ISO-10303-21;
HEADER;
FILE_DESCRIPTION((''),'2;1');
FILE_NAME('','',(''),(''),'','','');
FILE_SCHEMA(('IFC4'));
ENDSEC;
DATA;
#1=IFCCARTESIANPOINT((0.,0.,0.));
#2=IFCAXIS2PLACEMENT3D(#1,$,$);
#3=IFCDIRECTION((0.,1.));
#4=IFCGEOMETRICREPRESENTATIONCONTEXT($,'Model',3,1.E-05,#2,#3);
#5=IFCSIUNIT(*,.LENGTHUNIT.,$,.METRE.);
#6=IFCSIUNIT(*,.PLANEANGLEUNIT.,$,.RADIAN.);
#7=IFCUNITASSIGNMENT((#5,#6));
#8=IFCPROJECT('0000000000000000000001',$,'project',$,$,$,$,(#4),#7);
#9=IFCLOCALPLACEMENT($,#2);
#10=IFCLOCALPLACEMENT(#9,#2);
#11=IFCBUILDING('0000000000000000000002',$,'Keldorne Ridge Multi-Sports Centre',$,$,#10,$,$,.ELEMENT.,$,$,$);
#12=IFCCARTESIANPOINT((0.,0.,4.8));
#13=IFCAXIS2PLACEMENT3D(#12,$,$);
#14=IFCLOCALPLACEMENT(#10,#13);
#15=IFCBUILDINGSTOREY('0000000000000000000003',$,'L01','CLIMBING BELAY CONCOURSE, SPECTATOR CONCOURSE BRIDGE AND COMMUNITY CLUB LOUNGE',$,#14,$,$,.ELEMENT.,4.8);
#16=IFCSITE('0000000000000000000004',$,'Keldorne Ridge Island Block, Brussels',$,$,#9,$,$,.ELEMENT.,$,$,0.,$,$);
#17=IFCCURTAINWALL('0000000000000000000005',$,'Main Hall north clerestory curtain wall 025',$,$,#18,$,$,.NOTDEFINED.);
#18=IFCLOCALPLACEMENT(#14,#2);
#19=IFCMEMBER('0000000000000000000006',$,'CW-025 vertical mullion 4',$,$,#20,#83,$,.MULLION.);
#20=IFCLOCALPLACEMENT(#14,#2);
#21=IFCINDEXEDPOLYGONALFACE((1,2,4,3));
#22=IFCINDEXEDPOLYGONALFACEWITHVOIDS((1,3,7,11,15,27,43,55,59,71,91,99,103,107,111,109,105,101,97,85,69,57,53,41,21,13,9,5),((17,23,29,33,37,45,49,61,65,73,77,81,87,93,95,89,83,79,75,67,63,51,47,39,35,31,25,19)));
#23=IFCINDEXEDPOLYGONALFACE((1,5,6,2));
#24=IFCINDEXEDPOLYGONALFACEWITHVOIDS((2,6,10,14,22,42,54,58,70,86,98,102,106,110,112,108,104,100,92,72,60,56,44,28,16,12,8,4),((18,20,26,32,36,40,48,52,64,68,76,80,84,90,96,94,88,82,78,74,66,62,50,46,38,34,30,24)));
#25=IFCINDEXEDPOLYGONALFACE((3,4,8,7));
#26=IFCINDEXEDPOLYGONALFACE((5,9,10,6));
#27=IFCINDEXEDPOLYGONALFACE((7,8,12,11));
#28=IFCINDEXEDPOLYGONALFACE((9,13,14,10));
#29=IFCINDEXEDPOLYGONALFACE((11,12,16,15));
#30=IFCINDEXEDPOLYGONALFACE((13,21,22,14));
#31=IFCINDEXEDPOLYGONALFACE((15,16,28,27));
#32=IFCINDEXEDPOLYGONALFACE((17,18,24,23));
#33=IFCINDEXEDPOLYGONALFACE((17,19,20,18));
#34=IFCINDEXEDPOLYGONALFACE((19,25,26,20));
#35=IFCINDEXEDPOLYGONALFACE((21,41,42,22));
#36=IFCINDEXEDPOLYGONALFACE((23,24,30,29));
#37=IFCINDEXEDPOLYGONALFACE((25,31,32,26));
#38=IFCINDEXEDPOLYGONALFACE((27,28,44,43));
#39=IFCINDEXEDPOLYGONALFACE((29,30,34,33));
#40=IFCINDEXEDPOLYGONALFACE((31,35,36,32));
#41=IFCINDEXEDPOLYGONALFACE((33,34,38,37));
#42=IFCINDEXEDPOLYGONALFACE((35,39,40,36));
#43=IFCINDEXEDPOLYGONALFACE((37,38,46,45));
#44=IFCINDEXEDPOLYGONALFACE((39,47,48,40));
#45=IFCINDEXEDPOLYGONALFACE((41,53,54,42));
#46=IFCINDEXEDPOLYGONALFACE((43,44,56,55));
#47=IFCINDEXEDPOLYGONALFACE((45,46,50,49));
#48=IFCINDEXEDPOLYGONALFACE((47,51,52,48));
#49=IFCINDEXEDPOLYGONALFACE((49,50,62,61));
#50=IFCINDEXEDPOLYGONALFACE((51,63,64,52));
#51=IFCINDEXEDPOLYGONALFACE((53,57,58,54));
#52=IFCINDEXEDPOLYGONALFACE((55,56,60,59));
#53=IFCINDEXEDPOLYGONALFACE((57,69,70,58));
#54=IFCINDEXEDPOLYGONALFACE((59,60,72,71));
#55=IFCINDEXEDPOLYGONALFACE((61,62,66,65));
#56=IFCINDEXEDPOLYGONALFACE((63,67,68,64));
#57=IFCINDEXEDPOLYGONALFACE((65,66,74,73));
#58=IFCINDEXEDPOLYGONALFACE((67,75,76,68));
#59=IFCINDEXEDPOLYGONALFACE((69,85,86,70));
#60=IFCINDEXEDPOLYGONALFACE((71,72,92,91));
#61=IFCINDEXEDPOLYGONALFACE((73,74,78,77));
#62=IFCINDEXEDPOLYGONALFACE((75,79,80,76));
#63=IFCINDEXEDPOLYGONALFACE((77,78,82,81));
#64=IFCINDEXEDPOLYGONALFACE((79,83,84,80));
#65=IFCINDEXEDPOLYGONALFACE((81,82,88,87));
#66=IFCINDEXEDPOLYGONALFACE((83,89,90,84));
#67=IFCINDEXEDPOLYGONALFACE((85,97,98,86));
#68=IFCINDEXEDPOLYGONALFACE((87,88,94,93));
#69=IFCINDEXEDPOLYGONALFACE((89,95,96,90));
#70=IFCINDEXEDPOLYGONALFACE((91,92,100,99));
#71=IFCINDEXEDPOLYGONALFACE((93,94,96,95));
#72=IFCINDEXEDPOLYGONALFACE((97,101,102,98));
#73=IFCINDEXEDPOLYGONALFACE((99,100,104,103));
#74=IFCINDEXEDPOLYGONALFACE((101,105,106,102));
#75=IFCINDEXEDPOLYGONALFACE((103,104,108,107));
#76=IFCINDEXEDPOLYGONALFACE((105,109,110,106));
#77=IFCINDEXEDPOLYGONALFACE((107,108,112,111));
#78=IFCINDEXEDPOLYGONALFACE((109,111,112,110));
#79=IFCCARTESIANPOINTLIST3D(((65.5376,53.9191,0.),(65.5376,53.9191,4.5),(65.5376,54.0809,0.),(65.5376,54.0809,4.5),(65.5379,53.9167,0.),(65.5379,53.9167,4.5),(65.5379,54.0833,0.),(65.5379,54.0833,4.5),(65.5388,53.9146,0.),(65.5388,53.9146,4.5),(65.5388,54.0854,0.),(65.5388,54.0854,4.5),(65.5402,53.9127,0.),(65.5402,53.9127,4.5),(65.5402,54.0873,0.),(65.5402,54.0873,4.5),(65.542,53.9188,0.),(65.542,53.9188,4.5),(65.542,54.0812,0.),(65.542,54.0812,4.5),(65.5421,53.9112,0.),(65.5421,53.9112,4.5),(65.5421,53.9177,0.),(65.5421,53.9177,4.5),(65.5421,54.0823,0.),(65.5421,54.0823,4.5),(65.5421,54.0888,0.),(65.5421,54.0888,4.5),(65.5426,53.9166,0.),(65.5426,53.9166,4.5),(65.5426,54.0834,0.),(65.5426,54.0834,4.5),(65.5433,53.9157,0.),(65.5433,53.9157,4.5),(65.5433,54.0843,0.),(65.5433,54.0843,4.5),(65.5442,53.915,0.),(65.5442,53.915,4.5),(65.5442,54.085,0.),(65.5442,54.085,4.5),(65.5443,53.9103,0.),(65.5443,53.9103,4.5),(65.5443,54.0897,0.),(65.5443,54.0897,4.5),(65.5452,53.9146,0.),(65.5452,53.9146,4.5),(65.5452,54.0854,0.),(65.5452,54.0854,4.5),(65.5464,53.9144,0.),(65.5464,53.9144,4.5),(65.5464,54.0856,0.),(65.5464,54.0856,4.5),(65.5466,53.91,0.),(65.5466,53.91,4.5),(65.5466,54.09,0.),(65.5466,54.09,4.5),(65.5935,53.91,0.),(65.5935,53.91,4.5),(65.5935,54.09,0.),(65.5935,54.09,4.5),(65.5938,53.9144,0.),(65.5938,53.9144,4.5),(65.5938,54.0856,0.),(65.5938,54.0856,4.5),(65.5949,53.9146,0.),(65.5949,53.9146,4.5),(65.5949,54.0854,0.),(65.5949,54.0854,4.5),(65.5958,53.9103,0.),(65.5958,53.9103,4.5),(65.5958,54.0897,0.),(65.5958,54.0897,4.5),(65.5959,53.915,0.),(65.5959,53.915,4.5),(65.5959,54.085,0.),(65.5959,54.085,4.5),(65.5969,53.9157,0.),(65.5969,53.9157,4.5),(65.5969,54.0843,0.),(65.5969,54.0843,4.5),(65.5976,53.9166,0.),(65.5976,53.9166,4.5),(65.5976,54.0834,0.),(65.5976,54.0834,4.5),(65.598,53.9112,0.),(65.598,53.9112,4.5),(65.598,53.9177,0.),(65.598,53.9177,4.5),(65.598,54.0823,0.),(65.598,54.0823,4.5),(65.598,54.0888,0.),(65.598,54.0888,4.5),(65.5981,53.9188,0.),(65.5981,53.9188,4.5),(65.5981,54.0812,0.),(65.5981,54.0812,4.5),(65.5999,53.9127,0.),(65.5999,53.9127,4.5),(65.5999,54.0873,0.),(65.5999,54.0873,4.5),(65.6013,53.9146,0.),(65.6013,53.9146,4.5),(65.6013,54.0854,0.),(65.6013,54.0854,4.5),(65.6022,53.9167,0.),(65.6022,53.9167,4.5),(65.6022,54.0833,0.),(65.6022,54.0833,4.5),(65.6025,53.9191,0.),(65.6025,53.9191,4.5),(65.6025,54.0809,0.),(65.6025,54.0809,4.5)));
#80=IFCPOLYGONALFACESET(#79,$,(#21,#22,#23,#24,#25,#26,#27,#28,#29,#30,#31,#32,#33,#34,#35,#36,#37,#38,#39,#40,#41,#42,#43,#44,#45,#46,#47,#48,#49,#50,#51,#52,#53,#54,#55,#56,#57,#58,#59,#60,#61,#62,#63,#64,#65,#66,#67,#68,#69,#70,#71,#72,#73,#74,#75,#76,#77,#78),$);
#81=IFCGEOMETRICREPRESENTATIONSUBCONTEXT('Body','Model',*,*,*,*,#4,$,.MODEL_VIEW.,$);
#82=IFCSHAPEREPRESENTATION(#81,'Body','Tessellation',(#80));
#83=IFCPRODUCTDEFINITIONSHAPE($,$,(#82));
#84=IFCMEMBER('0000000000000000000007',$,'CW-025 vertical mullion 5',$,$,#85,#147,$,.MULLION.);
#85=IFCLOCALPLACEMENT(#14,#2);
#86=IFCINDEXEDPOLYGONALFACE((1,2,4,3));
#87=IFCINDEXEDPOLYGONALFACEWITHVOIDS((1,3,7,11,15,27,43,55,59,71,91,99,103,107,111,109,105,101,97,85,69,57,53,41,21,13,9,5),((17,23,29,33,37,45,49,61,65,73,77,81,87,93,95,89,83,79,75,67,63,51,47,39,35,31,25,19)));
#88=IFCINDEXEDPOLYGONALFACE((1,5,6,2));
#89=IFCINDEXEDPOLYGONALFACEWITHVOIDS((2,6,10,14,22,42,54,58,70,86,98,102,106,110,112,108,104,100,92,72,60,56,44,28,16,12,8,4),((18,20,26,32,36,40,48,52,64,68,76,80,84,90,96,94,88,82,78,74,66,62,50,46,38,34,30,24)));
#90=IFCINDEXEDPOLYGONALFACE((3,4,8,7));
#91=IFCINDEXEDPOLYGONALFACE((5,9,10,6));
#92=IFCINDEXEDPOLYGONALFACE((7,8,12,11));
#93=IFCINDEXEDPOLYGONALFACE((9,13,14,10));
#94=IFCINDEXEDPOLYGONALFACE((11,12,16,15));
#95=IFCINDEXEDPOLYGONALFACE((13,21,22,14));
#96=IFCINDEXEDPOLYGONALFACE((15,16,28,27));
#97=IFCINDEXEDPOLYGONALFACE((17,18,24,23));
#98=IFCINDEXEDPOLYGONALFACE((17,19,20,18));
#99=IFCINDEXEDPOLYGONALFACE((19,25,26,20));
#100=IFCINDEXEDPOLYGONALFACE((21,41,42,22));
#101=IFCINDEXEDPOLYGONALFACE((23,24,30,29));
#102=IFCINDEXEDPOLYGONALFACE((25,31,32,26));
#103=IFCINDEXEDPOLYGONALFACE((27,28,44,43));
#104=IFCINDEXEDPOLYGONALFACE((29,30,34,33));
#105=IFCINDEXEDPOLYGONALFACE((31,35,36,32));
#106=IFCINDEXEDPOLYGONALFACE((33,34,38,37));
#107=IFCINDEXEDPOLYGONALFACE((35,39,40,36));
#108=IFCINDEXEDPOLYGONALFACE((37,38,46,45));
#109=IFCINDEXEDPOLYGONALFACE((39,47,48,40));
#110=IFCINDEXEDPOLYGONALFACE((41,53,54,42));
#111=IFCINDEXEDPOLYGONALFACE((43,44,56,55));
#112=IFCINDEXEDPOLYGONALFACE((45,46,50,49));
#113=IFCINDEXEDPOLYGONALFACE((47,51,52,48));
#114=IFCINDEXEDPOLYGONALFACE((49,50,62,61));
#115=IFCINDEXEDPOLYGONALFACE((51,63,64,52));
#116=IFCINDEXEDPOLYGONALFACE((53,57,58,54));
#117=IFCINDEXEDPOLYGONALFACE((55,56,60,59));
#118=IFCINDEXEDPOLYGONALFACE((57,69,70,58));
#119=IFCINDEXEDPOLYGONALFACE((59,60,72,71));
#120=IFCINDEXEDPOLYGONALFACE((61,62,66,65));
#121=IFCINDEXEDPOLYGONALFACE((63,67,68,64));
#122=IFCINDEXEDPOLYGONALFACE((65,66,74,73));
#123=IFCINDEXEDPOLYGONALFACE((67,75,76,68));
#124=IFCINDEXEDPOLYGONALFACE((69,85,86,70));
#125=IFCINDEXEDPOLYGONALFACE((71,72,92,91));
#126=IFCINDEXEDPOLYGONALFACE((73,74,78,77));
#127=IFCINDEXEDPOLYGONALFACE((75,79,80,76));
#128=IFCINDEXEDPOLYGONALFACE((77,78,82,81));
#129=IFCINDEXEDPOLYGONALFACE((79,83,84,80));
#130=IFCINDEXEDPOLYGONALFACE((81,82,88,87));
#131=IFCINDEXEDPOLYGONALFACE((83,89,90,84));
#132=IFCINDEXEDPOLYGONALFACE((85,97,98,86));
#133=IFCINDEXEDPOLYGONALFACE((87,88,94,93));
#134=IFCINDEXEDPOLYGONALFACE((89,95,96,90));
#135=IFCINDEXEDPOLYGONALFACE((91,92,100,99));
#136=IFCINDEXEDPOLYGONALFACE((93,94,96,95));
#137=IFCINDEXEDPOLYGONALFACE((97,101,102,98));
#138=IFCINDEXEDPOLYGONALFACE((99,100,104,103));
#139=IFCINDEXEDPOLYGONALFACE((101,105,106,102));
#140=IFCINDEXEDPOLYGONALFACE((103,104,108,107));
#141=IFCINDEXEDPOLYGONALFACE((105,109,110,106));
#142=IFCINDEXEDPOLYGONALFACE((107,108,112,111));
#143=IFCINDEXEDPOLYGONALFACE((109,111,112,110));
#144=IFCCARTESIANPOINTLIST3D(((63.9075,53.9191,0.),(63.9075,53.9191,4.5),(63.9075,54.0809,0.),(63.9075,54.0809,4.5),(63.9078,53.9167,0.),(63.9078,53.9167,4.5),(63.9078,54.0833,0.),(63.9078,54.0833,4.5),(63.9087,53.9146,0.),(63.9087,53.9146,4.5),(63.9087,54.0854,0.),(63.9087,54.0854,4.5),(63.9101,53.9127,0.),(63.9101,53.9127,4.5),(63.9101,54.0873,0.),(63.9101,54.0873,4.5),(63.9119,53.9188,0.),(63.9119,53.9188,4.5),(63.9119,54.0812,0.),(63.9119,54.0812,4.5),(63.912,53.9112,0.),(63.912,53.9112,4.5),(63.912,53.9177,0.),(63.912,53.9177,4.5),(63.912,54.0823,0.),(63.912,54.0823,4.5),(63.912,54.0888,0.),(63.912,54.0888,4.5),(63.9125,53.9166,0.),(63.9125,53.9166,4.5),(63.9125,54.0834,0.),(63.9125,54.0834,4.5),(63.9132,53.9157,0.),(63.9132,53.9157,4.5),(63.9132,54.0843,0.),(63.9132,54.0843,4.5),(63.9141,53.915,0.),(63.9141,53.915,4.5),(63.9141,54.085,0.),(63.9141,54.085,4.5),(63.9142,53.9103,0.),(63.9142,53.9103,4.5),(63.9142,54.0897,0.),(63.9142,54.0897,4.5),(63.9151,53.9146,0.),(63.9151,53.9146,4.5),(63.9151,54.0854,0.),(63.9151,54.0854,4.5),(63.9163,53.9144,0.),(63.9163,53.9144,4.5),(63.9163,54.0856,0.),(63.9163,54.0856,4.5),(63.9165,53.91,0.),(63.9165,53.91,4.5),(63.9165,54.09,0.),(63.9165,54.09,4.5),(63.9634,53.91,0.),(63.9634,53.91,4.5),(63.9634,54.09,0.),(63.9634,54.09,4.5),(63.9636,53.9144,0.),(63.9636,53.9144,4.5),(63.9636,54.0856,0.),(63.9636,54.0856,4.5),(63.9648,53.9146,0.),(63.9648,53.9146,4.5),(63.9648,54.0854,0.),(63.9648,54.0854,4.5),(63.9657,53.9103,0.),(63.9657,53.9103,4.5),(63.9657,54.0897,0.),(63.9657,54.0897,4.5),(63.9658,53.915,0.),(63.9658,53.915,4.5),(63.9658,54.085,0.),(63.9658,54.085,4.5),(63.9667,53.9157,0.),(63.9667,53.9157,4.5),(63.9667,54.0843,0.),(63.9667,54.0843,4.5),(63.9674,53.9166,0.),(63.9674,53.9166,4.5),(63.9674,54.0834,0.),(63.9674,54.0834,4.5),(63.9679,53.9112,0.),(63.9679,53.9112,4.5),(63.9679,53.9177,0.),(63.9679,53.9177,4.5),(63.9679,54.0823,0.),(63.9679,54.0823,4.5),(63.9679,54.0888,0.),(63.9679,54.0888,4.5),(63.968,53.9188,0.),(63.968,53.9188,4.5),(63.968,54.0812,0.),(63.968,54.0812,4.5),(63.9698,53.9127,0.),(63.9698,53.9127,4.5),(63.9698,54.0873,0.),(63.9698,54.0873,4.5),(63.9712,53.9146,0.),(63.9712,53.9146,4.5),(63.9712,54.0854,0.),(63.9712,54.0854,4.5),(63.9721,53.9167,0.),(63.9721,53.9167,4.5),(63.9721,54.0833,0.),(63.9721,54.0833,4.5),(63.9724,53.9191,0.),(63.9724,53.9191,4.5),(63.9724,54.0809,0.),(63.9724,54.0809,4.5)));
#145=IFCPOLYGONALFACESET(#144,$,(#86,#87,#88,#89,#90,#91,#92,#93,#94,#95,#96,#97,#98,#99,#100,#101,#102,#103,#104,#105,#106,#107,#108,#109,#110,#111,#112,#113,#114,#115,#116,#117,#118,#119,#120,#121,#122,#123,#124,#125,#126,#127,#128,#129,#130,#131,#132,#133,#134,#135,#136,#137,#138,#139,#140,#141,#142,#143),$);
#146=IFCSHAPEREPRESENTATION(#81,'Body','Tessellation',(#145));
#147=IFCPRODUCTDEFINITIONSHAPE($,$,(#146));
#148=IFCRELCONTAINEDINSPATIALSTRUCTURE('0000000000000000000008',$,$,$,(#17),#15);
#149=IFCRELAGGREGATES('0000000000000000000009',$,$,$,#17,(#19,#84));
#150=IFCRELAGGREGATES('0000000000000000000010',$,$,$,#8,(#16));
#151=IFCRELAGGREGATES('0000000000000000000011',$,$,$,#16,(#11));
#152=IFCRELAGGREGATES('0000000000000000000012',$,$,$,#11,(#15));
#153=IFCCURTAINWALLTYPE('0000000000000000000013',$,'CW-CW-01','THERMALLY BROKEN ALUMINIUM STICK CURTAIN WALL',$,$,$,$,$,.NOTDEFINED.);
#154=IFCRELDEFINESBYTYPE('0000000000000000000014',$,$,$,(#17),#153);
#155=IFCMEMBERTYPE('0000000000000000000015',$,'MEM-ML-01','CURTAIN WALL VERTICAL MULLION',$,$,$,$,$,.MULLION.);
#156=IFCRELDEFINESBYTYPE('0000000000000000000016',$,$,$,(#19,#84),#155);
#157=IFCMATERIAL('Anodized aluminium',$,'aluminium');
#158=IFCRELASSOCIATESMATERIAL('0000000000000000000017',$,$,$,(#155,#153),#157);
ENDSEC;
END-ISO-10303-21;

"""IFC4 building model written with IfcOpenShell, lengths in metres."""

from ifc_helpers import new_model, si_unit, direction, frame, origin, origin_2d, place, context, subcontext, project, spatial, hollow_rectangle, extrude, material, material_profile, profile_set, type_object, element, aggregate, save


model = new_model("IFC4")

# Units and contexts
model_context = context("Model", 3, precision=1e-05, world=origin(), true_north=direction((0.0, 1.0)))
body_context = subcontext(model_context, "Body", "Model", "MODEL_VIEW")
ifc_project = project(units=[si_unit("LENGTHUNIT", "METRE"), si_unit("PLANEANGLEUNIT", "RADIAN")], contexts=[model_context])

# Site, building, storey
site_placement = place(None, origin())
site = spatial("IfcSite", under=ifc_project, at=site_placement, Name="Keldorne Ridge Island Block, Brussels", CompositionType="ELEMENT", RefElevation=0.0)
building_placement = place(site_placement, origin())
building = spatial("IfcBuilding", under=site, at=building_placement, Name="Keldorne Ridge Multi-Sports Centre", CompositionType="ELEMENT")
storey_placement = place(building_placement, frame((0.0, 0.0, 4.8)))
storey = spatial("IfcBuildingStorey", under=building, at=storey_placement, Name="L01", Description="CLIMBING BELAY CONCOURSE, SPECTATOR CONCOURSE BRIDGE AND COMMUNITY CLUB LOUNGE", CompositionType="ELEMENT", Elevation=4.8)

# Curtain wall, members
ifc_material_1 = material(Name="Anodized aluminium", Category="aluminium")
ifc_material_profile_1 = material_profile(ifc_material_1, hollow_rectangle(XDim=0.0649, YDim=0.1799, WallThickness=0.0044, InnerFilletRadius=0.0044, OuterFilletRadius=0.009, at=origin_2d()), Name="ALU MULLION 180x65x4.5")
ifc_profile_set_1 = profile_set([ifc_material_profile_1], Name="Anodized aluminium")
member_type_1 = type_object("IfcMemberType", Name="MEM-ML-01", Description="CURTAIN WALL VERTICAL MULLION", PredefinedType="MULLION", material=ifc_profile_set_1)
curtain_wall_type_1 = type_object("IfcCurtainWallType", Name="CW-CW-01", Description="THERMALLY BROKEN ALUMINIUM STICK CURTAIN WALL", PredefinedType="NOTDEFINED", material=ifc_material_1)
curtain_wall_1_placement = place(storey_placement, origin())
curtain_wall_1 = element("IfcCurtainWall", 1, at=curtain_wall_1_placement, inside=storey, type_object=curtain_wall_type_1, Name="Main Hall north clerestory curtain wall 025", PredefinedType="NOTDEFINED")
member_1_placement = place(storey_placement, frame((65.5701, 54.0, 0.0), z_axis=(0.0, 0.0, 1.0), x_axis=(1.0, 0.0, 0.0)))
member_1 = element("IfcMember", 2, at=member_1_placement, type_object=member_type_1, Name="CW-025 vertical mullion 4", PredefinedType="MULLION", context=body_context, shape_type="SweptSolid", body=[
    extrude(hollow_rectangle(XDim=0.0649, YDim=0.1799, WallThickness=0.0044, InnerFilletRadius=0.0044, OuterFilletRadius=0.009, at=origin_2d()), origin(), (0.0, 0.0, 1.0), 4.5),
])
member_2_placement = place(storey_placement, frame((63.9399, 54.0, 0.0), z_axis=(0.0, 0.0, 1.0), x_axis=(1.0, 0.0, 0.0)))
member_2 = element("IfcMember", 3, at=member_2_placement, type_object=member_type_1, Name="CW-025 vertical mullion 5", PredefinedType="MULLION", context=body_context, shape_type="SweptSolid", body=[
    extrude(hollow_rectangle(XDim=0.0649, YDim=0.1799, WallThickness=0.0044, InnerFilletRadius=0.0044, OuterFilletRadius=0.009, at=origin_2d()), origin(), (0.0, 0.0, 1.0), 4.5),
])

aggregate(curtain_wall_1, [member_1, member_2])

save(model, "model.ifc")
